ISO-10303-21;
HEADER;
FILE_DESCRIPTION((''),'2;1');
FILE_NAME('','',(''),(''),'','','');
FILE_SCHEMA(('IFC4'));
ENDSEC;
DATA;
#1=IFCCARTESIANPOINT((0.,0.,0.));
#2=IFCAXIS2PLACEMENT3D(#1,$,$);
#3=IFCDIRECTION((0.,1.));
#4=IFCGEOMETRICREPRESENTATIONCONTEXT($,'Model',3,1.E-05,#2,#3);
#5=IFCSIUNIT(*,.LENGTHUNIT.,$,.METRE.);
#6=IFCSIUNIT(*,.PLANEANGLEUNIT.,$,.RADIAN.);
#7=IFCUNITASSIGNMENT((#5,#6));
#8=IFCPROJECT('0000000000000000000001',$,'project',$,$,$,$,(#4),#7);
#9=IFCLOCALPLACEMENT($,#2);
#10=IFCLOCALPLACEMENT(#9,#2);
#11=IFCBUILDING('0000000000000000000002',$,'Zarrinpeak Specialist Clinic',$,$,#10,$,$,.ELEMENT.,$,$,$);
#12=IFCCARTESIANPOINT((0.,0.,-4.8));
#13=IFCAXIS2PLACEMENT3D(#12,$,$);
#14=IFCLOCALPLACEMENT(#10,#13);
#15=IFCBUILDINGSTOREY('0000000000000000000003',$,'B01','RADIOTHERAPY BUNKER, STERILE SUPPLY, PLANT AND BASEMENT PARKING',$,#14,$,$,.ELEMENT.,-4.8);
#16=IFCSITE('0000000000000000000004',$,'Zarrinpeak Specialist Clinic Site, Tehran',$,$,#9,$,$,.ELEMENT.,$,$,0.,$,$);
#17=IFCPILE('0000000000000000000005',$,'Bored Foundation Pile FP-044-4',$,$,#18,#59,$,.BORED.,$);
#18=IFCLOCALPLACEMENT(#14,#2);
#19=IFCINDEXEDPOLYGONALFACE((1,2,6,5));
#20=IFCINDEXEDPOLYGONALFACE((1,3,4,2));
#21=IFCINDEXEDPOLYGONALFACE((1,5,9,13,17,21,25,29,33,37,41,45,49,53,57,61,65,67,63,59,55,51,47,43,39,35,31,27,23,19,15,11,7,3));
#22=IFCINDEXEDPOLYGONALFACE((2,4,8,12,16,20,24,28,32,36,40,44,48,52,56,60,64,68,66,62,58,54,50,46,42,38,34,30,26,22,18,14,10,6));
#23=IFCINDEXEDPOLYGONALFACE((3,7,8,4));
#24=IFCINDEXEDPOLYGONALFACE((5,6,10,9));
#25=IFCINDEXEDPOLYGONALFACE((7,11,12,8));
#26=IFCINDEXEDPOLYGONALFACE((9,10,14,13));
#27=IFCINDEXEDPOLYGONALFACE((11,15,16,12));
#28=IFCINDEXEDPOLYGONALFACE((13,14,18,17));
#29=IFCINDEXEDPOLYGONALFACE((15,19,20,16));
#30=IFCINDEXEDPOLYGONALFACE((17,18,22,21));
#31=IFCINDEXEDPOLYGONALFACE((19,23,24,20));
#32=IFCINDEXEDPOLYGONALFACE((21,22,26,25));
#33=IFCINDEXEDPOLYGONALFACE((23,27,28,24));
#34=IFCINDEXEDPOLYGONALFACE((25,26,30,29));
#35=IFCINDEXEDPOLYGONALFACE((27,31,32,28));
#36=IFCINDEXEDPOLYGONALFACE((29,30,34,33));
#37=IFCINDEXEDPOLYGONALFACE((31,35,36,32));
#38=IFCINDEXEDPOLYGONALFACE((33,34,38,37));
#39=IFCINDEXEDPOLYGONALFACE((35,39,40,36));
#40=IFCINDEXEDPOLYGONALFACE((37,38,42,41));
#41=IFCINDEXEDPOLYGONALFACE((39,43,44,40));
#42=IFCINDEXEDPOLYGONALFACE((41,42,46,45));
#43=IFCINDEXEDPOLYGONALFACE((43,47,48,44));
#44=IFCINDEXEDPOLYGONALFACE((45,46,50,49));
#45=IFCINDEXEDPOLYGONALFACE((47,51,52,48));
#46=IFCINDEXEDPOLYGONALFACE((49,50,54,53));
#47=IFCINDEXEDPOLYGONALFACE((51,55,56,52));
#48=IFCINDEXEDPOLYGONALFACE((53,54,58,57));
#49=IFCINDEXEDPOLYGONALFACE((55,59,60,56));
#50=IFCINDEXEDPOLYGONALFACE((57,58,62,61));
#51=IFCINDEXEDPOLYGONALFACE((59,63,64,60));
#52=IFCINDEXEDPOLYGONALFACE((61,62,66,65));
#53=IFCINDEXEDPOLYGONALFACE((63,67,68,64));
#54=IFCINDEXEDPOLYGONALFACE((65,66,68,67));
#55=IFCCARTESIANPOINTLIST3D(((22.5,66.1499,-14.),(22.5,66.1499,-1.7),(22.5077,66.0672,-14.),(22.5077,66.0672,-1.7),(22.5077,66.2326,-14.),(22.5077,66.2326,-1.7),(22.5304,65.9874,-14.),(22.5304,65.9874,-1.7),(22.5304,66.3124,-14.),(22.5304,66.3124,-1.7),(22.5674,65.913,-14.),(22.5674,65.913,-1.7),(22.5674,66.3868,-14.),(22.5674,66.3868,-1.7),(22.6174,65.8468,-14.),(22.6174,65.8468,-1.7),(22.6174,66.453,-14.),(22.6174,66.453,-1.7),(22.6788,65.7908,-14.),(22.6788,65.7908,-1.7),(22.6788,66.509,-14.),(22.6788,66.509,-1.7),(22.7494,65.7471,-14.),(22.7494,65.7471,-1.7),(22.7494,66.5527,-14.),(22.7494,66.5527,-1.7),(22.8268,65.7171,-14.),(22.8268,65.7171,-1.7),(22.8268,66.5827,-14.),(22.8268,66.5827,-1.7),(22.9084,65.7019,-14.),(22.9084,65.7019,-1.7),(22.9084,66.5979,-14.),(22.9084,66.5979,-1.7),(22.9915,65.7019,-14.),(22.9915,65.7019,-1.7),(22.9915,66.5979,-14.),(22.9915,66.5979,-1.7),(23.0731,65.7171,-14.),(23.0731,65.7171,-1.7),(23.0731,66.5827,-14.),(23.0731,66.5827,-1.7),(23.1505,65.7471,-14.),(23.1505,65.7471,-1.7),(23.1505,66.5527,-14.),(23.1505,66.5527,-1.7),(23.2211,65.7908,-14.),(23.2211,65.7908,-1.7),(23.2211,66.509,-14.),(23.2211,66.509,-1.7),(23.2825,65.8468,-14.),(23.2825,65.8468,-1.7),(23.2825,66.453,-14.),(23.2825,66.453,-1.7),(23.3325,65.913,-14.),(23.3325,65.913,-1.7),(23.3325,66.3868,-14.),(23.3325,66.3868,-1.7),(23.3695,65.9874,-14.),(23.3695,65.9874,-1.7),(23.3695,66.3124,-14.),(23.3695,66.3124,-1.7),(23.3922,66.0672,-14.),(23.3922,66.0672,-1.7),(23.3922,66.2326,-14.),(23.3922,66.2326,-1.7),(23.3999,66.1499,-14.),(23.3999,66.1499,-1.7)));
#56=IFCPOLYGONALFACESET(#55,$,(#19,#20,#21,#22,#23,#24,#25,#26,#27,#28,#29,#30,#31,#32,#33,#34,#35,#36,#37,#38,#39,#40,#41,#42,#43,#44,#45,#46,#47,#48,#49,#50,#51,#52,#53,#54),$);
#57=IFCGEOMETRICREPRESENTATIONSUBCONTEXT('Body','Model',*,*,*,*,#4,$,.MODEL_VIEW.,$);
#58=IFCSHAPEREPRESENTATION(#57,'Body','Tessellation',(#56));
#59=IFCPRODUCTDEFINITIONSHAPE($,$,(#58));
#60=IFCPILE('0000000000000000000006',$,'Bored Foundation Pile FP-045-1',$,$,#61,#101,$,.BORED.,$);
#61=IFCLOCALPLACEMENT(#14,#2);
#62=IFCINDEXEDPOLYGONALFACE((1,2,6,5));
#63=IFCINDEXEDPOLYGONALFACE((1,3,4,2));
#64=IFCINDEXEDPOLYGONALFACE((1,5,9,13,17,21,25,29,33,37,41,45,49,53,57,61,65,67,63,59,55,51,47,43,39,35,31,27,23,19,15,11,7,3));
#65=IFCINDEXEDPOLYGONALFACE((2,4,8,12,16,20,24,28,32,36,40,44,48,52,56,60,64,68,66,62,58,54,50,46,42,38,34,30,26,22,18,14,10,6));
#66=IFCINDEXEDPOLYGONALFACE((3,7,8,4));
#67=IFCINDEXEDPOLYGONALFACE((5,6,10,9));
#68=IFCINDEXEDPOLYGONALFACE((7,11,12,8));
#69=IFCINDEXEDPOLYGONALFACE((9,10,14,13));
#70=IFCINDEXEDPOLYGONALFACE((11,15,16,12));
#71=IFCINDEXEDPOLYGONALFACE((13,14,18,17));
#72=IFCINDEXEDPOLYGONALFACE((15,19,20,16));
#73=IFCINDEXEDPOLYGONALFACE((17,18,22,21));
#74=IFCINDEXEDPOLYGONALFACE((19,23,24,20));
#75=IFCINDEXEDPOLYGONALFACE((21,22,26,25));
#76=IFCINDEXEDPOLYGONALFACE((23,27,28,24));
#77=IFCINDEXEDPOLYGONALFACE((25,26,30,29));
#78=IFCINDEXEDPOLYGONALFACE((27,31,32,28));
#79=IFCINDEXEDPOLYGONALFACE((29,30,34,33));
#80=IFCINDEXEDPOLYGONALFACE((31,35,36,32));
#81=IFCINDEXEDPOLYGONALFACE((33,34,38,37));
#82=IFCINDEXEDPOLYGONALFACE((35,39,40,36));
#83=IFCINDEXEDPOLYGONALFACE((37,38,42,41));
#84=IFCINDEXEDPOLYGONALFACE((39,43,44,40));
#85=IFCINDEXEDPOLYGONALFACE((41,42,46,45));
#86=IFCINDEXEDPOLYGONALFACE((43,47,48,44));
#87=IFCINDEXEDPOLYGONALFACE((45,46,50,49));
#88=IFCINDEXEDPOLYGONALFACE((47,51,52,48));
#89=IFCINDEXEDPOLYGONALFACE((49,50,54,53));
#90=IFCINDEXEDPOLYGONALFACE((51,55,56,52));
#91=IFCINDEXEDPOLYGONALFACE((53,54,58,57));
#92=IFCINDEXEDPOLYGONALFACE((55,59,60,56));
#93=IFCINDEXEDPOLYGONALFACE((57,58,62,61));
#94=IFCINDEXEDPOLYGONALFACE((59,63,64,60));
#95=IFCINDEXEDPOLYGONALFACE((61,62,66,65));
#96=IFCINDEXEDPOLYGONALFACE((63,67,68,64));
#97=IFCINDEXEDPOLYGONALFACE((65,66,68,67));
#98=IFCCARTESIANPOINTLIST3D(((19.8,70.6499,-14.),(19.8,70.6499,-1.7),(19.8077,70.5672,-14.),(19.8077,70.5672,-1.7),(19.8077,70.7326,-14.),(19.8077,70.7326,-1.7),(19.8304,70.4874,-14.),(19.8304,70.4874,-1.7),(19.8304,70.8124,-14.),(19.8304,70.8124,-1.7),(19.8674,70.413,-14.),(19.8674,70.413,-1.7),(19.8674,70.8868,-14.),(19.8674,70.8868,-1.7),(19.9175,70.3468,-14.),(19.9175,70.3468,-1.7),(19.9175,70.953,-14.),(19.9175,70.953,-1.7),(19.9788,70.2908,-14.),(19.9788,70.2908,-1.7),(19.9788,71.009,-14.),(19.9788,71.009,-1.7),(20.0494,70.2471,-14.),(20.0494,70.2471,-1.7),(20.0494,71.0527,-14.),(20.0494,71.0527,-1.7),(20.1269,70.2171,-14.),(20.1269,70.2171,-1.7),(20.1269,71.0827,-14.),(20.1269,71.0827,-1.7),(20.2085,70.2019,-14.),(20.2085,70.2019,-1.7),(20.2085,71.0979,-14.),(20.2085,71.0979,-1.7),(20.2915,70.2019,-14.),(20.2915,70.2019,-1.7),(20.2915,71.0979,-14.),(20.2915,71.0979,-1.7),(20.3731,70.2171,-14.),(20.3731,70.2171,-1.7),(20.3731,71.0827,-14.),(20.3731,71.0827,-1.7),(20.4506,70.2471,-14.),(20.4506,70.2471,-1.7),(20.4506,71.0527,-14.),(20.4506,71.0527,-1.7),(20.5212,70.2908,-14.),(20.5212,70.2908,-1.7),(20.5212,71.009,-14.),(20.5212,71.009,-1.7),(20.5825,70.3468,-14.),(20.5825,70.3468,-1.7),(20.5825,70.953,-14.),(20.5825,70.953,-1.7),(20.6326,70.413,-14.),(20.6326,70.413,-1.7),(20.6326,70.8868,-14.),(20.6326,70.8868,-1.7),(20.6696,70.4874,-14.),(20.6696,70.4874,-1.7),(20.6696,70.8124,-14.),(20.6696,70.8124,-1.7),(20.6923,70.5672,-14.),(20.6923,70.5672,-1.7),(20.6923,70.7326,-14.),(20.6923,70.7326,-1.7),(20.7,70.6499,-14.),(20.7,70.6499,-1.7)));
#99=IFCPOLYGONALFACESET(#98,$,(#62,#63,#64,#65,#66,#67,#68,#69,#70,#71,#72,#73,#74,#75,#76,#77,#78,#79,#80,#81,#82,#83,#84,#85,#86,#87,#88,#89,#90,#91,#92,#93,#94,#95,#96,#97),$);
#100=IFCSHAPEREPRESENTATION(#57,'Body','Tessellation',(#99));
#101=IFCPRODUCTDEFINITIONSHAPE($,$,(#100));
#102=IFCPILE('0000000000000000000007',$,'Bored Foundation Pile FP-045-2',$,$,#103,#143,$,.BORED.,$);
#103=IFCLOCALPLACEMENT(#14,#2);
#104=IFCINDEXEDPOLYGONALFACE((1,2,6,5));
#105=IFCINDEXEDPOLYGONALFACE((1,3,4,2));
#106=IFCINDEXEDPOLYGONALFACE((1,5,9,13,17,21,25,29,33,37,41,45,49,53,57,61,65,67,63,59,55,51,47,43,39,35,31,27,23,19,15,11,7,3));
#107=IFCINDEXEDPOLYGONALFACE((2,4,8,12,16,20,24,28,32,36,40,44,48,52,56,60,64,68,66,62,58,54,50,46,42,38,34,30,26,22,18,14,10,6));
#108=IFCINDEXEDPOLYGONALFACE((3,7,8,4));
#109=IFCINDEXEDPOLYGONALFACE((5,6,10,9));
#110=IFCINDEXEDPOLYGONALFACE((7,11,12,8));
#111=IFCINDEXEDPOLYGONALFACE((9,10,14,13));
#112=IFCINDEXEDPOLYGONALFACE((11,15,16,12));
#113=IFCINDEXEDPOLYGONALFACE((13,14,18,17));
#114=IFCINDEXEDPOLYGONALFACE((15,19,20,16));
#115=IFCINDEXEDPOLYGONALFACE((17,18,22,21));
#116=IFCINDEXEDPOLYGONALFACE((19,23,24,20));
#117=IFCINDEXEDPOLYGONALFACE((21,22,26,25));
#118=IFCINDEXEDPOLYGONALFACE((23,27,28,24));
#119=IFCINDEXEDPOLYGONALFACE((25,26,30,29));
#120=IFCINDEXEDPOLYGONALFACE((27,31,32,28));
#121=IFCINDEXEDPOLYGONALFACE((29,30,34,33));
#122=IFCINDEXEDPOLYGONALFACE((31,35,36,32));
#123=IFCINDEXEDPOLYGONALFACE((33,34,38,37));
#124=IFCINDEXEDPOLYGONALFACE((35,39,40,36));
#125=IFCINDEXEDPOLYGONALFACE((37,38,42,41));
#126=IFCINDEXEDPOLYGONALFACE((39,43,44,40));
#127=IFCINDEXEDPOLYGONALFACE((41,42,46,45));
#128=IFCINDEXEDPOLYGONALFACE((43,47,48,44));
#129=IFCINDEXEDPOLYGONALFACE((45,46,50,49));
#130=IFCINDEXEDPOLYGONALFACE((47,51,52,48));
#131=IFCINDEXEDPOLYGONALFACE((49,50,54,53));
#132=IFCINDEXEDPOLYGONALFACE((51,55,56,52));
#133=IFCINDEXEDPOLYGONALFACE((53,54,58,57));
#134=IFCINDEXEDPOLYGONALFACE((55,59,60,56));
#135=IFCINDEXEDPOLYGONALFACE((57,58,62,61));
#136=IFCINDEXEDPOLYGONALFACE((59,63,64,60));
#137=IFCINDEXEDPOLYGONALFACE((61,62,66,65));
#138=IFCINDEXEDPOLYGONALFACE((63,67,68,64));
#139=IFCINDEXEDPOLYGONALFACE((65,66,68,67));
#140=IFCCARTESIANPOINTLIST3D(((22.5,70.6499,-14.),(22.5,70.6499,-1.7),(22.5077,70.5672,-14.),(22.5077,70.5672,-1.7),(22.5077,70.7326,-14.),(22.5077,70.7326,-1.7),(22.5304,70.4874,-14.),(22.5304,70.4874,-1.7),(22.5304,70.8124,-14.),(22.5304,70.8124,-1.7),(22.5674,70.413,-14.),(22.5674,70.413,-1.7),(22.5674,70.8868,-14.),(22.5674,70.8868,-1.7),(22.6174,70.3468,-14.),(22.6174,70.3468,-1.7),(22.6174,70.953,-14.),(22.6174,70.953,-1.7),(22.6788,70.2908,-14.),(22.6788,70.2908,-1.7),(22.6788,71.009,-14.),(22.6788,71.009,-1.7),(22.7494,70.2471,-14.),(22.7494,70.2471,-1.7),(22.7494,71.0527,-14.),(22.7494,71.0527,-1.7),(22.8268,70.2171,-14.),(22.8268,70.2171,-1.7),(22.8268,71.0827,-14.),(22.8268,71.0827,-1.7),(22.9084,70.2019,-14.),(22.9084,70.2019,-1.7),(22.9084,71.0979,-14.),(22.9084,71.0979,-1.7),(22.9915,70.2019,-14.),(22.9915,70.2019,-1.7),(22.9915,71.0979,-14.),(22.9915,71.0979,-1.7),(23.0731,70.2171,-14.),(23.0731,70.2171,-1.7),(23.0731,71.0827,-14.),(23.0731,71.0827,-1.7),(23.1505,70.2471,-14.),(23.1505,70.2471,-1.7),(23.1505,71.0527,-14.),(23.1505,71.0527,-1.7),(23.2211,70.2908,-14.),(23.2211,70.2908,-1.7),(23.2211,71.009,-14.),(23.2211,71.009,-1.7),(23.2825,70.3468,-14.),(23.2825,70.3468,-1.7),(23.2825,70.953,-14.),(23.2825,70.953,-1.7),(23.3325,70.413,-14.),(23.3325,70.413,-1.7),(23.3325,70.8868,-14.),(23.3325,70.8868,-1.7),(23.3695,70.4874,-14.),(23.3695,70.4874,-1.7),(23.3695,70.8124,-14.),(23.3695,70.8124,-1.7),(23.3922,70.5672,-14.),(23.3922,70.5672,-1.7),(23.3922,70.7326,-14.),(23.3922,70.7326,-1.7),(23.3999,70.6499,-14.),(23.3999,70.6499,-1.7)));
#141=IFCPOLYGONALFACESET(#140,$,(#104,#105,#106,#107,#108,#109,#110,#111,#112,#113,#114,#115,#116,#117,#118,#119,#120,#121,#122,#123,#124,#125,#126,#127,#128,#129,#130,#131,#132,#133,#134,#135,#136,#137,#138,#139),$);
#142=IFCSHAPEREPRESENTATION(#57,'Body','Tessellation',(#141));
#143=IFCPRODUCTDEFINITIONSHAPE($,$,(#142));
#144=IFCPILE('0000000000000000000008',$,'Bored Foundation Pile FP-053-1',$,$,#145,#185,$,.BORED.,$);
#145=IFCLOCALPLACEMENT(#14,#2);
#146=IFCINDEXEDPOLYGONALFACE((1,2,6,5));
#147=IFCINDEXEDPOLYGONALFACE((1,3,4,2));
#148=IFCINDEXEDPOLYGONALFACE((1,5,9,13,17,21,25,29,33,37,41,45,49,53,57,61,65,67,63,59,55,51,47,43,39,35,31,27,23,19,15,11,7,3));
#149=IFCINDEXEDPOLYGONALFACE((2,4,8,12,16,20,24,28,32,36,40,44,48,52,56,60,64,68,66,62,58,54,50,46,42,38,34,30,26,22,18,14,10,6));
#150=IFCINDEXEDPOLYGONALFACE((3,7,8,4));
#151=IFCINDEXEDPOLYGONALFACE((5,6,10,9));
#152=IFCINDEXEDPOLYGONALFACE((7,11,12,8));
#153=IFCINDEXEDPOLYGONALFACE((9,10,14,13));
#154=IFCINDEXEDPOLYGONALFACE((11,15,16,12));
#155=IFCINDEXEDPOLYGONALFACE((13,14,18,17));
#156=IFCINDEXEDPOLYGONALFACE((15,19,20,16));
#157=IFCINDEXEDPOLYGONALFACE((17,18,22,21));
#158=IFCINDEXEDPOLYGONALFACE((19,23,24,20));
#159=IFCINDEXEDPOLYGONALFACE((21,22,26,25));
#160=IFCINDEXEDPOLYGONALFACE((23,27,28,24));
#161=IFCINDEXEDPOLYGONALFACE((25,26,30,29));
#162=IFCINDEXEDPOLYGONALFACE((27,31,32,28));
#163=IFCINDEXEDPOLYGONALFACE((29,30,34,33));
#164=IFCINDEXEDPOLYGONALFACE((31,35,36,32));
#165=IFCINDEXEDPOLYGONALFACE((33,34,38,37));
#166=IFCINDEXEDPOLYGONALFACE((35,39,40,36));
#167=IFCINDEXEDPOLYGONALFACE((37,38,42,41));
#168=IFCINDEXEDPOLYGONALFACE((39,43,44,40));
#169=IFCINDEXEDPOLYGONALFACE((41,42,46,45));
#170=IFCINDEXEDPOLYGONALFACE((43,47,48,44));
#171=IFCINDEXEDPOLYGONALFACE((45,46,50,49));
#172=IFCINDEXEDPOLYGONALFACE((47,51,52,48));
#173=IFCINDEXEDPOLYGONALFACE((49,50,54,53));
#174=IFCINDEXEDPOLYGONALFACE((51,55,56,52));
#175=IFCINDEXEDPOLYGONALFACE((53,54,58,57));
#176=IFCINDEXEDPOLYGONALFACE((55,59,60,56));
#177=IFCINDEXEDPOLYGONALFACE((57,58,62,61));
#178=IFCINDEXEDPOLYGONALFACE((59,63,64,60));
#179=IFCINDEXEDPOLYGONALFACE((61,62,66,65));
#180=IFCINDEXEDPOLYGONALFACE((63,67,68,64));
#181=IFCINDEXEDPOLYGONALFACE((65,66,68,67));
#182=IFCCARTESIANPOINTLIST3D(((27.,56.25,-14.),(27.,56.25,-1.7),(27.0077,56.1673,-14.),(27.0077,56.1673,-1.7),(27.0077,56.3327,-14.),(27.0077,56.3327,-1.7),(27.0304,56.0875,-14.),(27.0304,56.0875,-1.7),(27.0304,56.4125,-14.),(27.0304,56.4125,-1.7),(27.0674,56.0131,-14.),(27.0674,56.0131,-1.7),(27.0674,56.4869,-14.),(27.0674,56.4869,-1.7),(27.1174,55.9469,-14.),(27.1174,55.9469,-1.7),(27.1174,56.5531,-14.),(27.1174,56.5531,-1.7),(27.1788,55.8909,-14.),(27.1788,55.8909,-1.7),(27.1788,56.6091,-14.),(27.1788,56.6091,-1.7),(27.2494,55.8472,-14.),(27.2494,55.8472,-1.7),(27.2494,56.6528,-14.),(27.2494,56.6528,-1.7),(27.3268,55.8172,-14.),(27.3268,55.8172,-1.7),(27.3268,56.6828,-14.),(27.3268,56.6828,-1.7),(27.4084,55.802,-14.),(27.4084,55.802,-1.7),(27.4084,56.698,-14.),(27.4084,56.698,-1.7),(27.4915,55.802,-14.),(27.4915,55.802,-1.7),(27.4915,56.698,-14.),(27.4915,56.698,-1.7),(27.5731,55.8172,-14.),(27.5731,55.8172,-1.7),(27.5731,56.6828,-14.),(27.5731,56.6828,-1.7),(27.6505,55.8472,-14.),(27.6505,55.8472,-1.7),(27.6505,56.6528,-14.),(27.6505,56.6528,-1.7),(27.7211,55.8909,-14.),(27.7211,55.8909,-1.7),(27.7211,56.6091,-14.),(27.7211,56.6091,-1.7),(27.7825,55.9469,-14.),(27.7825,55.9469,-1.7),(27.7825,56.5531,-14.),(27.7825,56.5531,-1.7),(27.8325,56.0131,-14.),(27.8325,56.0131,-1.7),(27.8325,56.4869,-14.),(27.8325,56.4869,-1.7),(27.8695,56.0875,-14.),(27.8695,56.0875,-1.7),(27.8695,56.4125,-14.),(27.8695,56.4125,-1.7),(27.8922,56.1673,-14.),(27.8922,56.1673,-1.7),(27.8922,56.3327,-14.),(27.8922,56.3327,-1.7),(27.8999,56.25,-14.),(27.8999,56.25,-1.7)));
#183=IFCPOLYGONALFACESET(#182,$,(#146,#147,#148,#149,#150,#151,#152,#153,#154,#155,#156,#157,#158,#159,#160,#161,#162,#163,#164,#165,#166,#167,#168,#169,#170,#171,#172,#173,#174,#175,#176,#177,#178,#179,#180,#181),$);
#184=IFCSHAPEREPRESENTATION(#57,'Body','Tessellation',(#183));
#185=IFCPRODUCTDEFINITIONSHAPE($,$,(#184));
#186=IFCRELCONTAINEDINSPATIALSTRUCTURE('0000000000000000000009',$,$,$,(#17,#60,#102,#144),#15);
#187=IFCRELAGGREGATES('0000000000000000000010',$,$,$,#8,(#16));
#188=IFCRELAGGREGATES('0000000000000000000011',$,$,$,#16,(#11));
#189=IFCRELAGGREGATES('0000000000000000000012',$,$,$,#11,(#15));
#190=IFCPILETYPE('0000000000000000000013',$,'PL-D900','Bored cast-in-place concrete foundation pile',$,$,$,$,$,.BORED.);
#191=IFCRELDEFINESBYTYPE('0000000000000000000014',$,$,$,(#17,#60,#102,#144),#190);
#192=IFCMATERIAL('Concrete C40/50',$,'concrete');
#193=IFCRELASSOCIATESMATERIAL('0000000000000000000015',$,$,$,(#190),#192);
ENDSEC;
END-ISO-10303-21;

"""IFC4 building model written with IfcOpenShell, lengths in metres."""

from ifc_helpers import new_model, si_unit, direction, frame, origin, origin_2d, place, context, subcontext, project, spatial, circle, extrude, material, material_profile, profile_set, type_object, element, save


model = new_model("IFC4")

# Units and contexts
model_context = context("Model", 3, precision=1e-05, world=origin(), true_north=direction((0.0, 1.0)))
body_context = subcontext(model_context, "Body", "Model", "MODEL_VIEW")
ifc_project = project(units=[si_unit("LENGTHUNIT", "METRE"), si_unit("PLANEANGLEUNIT", "RADIAN")], contexts=[model_context])

# Site, building, storey
site_placement = place(None, origin())
site = spatial("IfcSite", under=ifc_project, at=site_placement, Name="Zarrinpeak Specialist Clinic Site, Tehran", CompositionType="ELEMENT", RefElevation=0.0)
building_placement = place(site_placement, origin())
building = spatial("IfcBuilding", under=site, at=building_placement, Name="Zarrinpeak Specialist Clinic", CompositionType="ELEMENT")
storey_placement = place(building_placement, frame((0.0, 0.0, -4.8)))
storey = spatial("IfcBuildingStorey", under=building, at=storey_placement, Name="B01", Description="RADIOTHERAPY BUNKER, STERILE SUPPLY, PLANT AND BASEMENT PARKING", CompositionType="ELEMENT", Elevation=-4.8)

# Shared definitions
ifc_material_1 = material(Name="Concrete C40/50", Category="concrete")

# Piles
ifc_material_profile_1 = material_profile(ifc_material_1, circle(Radius=0.45, at=origin_2d()), Name="BORED PILE D900")
ifc_profile_set_1 = profile_set([ifc_material_profile_1], Name="Concrete C40/50")
pile_type = type_object("IfcPileType", Name="PL-D900", Description="Bored cast-in-place concrete foundation pile", PredefinedType="BORED", material=ifc_profile_set_1)
for number, where, z_axis, x_axis, name in (
    (1, (22.95, 66.1499, -1.7), (0.0, 0.0, -1.0), (1.0, 0.0, 0.0), "Bored Foundation Pile FP-044-4"),
    (2, (20.25, 70.6499, -1.7), (0.0, 0.0, -1.0), (1.0, 0.0, 0.0), "Bored Foundation Pile FP-045-1"),
    (3, (22.95, 70.6499, -1.7), (0.0, 0.0, -1.0), (1.0, 0.0, 0.0), "Bored Foundation Pile FP-045-2"),
    (4, (27.45, 56.25, -1.7), (0.0, 0.0, -1.0), (1.0, 0.0, 0.0), "Bored Foundation Pile FP-053-1"),
):
    element("IfcPile", number, at=place(storey_placement, frame(where, z_axis=z_axis, x_axis=x_axis)), inside=storey, type_object=pile_type, Name=name, PredefinedType="BORED", context=body_context, shape_type="SweptSolid", body=[
        extrude(circle(Radius=0.45, at=origin_2d()), origin(), (0.0, 0.0, 1.0), 12.3),
    ])

save(model, "model.ifc")
